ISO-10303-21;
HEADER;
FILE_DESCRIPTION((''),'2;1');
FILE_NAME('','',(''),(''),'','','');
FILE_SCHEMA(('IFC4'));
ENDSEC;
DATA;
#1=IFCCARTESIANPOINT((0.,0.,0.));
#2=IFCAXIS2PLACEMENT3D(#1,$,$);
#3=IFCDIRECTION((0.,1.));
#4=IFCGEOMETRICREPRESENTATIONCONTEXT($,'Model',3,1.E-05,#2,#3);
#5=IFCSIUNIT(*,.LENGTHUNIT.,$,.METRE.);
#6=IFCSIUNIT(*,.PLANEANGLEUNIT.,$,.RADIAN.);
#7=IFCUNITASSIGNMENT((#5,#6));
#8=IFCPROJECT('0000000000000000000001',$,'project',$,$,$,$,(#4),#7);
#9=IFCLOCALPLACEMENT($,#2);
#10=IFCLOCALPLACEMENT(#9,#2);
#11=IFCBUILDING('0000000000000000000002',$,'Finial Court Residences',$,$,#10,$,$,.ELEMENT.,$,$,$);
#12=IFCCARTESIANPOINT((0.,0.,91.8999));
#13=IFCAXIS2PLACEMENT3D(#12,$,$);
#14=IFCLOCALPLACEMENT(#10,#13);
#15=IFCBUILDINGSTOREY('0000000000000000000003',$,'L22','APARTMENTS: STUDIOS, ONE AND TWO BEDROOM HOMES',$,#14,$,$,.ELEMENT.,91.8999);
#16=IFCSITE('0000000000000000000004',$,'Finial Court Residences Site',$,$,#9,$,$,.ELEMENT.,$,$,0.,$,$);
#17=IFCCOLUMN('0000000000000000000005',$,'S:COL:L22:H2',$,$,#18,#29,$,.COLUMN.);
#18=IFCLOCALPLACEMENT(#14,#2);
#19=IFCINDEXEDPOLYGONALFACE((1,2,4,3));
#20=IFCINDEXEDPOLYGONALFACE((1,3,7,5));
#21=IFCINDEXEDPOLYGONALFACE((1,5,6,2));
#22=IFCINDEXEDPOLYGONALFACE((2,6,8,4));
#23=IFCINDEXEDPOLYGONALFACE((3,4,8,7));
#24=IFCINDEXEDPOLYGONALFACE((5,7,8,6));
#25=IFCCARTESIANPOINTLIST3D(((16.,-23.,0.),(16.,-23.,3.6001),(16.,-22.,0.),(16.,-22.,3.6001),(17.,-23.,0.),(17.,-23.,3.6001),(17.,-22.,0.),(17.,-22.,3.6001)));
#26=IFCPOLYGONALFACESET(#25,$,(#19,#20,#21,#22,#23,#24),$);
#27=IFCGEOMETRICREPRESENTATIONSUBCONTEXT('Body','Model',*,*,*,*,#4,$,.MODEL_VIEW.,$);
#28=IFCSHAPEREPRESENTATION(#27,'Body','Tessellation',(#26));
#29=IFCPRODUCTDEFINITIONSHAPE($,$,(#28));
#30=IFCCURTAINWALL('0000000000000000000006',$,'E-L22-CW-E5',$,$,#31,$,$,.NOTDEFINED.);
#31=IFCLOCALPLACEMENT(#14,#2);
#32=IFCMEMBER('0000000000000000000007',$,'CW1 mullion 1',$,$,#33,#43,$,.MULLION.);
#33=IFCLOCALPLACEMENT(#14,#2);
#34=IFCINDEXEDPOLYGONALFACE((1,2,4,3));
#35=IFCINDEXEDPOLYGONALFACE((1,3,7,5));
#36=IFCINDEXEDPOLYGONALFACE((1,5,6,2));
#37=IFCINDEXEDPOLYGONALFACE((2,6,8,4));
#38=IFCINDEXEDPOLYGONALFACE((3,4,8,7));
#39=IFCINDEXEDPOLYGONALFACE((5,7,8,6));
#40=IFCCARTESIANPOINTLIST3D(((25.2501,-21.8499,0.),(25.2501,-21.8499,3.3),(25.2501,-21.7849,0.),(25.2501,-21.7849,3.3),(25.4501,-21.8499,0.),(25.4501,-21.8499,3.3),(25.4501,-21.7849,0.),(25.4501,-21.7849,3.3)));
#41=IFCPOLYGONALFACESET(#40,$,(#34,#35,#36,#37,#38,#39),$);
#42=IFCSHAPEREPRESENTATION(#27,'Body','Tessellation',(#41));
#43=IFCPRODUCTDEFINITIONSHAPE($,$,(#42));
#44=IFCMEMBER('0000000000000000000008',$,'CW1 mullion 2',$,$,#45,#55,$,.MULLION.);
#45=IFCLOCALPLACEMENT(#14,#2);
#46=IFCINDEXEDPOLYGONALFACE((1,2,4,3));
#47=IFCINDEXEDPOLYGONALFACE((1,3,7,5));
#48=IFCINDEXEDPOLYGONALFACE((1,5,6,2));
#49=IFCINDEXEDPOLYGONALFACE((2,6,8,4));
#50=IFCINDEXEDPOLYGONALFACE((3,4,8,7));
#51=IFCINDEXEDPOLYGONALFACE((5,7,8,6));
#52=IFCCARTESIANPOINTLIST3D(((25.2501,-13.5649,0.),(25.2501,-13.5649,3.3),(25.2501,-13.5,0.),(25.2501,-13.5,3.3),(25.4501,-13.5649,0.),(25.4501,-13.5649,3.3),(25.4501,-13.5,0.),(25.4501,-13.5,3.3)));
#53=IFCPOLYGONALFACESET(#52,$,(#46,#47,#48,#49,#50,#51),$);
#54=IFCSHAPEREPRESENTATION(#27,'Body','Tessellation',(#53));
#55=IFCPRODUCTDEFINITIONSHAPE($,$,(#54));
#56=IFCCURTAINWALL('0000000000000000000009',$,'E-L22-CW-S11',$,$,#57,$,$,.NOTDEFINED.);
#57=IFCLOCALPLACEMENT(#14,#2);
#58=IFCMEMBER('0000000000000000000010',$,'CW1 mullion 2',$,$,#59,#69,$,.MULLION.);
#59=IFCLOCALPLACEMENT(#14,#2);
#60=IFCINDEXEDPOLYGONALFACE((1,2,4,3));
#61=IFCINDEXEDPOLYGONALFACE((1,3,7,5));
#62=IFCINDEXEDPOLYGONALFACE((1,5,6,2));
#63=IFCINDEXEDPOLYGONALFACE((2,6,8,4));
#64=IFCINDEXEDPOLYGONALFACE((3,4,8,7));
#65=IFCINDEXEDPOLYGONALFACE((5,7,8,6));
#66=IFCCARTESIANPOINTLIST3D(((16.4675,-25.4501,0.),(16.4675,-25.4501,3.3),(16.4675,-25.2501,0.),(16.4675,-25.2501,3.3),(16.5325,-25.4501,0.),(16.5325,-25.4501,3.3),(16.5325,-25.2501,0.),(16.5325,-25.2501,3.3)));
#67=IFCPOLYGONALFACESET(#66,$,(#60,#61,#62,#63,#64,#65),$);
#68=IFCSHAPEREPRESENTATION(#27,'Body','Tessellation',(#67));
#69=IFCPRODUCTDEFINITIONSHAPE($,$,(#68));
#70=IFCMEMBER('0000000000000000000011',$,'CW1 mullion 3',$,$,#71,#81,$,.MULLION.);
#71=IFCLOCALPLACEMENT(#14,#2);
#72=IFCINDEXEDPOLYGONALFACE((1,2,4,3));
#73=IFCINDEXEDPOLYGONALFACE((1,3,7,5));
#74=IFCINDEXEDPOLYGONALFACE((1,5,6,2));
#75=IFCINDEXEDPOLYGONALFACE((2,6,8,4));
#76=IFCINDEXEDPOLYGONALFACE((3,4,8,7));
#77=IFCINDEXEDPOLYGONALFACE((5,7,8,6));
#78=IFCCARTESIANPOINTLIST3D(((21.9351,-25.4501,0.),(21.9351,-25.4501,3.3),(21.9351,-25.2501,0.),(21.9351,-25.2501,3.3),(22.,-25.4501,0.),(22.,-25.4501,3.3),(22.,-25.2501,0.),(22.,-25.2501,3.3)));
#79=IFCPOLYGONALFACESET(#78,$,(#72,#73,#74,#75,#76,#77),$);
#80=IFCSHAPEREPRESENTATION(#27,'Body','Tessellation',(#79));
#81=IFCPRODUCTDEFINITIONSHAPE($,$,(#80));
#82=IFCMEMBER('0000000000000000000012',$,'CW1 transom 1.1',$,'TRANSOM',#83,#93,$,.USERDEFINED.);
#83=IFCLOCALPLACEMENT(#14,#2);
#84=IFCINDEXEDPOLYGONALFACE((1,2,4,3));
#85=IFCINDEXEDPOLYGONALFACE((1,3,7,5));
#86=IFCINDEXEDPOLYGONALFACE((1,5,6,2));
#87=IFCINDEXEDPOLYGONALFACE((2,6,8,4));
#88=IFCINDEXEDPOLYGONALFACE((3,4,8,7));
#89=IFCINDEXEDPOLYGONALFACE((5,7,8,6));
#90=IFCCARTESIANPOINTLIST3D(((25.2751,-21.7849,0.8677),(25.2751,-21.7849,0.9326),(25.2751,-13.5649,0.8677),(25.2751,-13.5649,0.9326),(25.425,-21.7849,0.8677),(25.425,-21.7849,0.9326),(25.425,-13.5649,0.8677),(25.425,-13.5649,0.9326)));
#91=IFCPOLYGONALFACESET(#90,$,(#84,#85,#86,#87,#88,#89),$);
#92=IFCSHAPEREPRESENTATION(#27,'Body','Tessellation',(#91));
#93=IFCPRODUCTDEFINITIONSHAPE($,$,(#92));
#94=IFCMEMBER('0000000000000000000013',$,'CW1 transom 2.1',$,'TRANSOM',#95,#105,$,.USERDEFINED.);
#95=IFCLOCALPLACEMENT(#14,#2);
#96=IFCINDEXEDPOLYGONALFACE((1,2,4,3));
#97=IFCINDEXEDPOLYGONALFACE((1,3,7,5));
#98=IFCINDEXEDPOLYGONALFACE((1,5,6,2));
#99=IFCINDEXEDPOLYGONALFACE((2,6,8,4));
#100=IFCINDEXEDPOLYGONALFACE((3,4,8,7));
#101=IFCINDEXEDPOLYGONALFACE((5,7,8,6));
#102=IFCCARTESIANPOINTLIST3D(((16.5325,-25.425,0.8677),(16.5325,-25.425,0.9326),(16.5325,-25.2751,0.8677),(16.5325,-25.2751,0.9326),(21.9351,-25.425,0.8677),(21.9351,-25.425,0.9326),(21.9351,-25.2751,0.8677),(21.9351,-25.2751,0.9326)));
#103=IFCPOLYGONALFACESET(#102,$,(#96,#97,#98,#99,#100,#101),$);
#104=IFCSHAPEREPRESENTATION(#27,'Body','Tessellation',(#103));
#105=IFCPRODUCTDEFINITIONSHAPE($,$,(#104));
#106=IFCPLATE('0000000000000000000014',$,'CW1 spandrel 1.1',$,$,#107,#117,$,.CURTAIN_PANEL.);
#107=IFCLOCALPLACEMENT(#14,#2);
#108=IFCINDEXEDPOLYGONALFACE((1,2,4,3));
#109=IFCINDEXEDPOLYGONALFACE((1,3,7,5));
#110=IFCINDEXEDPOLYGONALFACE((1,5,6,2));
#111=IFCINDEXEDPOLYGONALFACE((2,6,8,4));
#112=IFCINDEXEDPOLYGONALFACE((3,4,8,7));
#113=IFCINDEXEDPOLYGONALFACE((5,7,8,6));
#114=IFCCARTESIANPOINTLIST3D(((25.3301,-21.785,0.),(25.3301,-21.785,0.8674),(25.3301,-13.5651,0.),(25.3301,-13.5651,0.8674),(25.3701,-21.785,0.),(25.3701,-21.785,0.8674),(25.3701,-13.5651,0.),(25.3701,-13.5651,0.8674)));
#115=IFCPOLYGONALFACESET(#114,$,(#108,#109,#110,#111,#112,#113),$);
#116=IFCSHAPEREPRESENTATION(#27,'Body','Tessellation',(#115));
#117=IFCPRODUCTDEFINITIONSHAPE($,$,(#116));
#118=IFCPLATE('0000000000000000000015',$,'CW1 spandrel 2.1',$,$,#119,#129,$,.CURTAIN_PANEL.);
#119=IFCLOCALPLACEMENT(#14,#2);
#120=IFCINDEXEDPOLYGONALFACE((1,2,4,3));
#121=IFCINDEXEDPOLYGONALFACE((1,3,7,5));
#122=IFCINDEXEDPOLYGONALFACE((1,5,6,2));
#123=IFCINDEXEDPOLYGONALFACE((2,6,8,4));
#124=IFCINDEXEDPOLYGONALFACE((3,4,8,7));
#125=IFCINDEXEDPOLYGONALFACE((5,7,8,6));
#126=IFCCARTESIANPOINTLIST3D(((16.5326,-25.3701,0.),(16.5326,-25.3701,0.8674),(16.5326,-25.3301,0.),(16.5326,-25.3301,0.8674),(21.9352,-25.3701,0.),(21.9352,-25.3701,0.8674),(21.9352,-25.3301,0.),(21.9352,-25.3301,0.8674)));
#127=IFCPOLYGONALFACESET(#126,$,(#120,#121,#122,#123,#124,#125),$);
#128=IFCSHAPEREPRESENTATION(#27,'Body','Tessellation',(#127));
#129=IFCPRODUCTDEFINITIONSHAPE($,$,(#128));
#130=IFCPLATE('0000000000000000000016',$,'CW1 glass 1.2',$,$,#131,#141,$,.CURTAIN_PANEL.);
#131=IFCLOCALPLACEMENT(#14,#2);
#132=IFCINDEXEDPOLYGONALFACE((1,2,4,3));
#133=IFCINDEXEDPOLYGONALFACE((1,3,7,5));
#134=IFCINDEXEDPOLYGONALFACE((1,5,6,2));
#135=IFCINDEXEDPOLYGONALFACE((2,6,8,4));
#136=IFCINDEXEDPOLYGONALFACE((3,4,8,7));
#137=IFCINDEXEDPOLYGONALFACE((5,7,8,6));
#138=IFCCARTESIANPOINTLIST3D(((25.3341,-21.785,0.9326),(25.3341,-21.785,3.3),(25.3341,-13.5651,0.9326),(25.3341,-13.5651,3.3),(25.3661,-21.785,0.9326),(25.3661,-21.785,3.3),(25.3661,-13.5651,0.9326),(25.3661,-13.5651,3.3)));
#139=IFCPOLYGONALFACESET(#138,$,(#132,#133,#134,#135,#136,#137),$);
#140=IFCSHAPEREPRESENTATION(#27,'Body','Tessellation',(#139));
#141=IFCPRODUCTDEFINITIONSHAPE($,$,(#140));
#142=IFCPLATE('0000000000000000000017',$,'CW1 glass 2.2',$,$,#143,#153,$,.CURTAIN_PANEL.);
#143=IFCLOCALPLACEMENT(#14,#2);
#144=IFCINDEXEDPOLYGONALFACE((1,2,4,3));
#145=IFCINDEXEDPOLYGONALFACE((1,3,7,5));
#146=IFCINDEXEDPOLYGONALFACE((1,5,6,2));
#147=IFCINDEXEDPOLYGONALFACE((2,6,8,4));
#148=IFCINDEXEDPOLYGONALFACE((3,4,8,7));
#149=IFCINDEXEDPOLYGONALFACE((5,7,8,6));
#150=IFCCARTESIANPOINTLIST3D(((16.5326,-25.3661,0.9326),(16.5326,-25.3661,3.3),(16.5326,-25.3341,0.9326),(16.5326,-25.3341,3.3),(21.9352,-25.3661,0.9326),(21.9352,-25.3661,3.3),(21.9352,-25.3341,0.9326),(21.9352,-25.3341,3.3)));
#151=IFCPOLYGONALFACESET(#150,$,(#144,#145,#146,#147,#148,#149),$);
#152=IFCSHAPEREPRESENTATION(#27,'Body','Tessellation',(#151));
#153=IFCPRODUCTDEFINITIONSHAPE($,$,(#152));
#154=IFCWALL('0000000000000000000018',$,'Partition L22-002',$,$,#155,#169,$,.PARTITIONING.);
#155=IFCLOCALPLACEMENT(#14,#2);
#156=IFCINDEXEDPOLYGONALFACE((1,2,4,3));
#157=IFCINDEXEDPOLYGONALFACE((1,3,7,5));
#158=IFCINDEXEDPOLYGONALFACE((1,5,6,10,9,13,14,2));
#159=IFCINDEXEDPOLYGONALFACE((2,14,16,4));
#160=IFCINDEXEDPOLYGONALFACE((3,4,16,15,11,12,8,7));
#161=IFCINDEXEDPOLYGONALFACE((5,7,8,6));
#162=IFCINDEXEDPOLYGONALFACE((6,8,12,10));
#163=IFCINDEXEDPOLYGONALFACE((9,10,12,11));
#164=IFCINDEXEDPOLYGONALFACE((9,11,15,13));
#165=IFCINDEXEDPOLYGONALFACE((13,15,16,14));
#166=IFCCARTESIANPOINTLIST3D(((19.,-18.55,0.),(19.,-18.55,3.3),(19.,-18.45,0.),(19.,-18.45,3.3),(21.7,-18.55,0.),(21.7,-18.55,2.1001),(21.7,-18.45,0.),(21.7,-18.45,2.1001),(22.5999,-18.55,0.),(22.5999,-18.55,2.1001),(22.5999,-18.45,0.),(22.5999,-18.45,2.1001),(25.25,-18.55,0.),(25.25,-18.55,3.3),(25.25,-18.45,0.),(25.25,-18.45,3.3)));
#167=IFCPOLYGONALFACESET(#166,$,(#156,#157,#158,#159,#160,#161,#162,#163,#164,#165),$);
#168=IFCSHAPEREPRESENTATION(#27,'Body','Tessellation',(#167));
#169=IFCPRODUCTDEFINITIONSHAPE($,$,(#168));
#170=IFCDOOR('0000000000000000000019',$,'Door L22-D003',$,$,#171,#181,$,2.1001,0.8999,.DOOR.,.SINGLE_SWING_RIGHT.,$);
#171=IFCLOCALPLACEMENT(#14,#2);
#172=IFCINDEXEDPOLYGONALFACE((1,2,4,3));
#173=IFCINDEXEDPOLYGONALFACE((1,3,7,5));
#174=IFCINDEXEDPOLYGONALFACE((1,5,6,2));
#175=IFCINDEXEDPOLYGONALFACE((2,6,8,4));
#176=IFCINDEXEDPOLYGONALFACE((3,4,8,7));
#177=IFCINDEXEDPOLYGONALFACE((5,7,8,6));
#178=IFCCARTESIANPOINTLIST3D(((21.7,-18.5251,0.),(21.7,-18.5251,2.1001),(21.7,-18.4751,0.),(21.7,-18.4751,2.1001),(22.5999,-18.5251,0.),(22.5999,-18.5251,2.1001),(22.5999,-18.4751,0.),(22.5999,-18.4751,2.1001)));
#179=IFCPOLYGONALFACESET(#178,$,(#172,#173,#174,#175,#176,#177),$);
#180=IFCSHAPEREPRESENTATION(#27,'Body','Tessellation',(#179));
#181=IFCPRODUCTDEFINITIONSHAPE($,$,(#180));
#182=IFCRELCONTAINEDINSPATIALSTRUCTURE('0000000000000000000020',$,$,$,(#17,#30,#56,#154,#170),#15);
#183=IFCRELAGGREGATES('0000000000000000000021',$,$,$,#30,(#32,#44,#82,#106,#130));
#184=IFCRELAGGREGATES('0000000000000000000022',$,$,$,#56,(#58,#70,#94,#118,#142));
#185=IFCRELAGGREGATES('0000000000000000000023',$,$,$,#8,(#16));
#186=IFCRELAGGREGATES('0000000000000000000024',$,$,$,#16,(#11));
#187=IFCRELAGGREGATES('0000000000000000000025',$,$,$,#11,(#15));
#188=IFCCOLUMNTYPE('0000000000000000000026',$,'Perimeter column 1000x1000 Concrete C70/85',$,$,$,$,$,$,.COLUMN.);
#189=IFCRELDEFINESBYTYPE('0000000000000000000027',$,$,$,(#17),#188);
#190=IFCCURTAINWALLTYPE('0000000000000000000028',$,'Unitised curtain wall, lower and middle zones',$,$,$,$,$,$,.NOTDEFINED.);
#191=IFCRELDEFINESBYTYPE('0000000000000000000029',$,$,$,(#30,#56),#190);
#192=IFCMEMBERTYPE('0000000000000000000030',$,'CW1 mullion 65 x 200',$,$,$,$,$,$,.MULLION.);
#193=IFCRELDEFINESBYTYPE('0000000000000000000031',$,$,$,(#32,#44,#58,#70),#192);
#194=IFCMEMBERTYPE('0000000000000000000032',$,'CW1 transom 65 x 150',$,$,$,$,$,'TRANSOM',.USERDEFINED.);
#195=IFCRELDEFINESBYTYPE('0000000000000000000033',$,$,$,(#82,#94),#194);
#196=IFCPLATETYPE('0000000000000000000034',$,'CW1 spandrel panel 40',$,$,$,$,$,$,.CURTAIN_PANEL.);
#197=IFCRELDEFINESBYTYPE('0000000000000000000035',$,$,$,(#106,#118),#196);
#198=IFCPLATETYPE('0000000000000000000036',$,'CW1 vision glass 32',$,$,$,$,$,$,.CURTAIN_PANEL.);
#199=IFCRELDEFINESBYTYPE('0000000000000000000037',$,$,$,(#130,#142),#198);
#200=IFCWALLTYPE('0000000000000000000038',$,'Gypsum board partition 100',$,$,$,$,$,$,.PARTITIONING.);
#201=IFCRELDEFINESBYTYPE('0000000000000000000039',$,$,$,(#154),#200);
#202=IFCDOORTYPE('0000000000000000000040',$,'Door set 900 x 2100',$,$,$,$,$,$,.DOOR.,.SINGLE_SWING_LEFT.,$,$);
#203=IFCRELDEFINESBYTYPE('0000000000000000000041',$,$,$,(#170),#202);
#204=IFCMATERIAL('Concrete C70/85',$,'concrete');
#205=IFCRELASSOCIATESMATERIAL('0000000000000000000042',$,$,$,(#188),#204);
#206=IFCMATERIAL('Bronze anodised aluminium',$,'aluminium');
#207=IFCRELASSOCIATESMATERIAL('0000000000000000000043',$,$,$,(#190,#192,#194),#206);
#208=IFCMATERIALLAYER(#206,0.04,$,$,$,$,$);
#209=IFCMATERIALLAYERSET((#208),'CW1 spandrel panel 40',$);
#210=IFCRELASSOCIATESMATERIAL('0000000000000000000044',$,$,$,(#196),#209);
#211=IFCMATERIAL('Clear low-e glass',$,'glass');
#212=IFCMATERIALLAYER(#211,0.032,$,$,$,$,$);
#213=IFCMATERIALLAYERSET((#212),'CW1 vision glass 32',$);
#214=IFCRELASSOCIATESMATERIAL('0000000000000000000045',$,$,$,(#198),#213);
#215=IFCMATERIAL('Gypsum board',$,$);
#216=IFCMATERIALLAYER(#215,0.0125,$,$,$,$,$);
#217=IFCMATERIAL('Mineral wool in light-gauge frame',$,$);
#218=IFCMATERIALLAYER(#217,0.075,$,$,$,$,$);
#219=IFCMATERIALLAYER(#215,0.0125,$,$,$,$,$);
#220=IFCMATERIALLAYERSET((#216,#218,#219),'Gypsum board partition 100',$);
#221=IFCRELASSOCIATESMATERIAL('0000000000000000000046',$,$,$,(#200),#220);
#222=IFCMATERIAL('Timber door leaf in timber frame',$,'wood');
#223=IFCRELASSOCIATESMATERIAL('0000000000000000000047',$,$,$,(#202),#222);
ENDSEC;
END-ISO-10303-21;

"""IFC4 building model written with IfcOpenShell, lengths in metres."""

from ifc_helpers import new_model, si_unit, direction, frame, frame_2d, origin, origin_2d, place, context, subcontext, project, spatial, rectangle, extrude, material, layer, layer_set, material_profile, profile_set, type_object, element, fill, aggregate, save


model = new_model("IFC4")

# Units and contexts
model_context = context("Model", 3, precision=1e-05, world=origin(), true_north=direction((0.0, 1.0)))
body_context = subcontext(model_context, "Body", "Model", "MODEL_VIEW")
ifc_project = project(units=[si_unit("LENGTHUNIT", "METRE"), si_unit("PLANEANGLEUNIT", "RADIAN")], contexts=[model_context])

# Site, building, storey
site_placement = place(None, origin())
site = spatial("IfcSite", under=ifc_project, at=site_placement, Name="Finial Court Residences Site", CompositionType="ELEMENT", RefElevation=0.0)
building_placement = place(site_placement, origin())
building = spatial("IfcBuilding", under=site, at=building_placement, Name="Finial Court Residences", CompositionType="ELEMENT")
storey_placement = place(building_placement, frame((0.0, 0.0, 91.8999)))
storey = spatial("IfcBuildingStorey", under=building, at=storey_placement, Name="L22", Description="APARTMENTS: STUDIOS, ONE AND TWO BEDROOM HOMES", CompositionType="ELEMENT", Elevation=91.8999)

# Column
ifc_material_1 = material(Name="Concrete C70/85", Category="concrete")
ifc_material_profile_1 = material_profile(ifc_material_1, rectangle(XDim=1.0, YDim=1.0, at=origin_2d()), Name="1000x1000")
ifc_profile_set_1 = profile_set([ifc_material_profile_1], Name="Concrete C70/85")
column_type = type_object("IfcColumnType", Name="Perimeter column 1000x1000 Concrete C70/85", PredefinedType="COLUMN", material=ifc_profile_set_1)
column_placement = place(storey_placement, frame((16.5, -22.5, 0.0), z_axis=(0.0, 0.0, 1.0), x_axis=(1.0, 0.0, 0.0)))
element("IfcColumn", 1, at=column_placement, inside=storey, type_object=column_type, Name="S:COL:L22:H2", PredefinedType="COLUMN", context=body_context, shape_type="SweptSolid", body=[
    extrude(rectangle(XDim=1.0, YDim=1.0, at=origin_2d()), origin(), (0.0, 0.0, 1.0), 3.6001),
])

# Curtain walls, members
ifc_material_2 = material(Name="Bronze anodised aluminium", Category="aluminium")
curtain_wall_type = type_object("IfcCurtainWallType", Name="Unitised curtain wall, lower and middle zones", PredefinedType="NOTDEFINED", material=ifc_material_2)
curtain_wall_1_placement = place(storey_placement, origin())
curtain_wall_1 = element("IfcCurtainWall", 2, at=curtain_wall_1_placement, inside=storey, type_object=curtain_wall_type, Name="E-L22-CW-E5", PredefinedType="NOTDEFINED")
ifc_material_profile_2 = material_profile(ifc_material_2, rectangle(XDim=0.2, YDim=0.0649, at=origin_2d()), Name="CW1 mullion 65 x 200")
ifc_profile_set_2 = profile_set([ifc_material_profile_2], Name="Bronze anodised aluminium")
member_type_1 = type_object("IfcMemberType", Name="CW1 mullion 65 x 200", PredefinedType="MULLION", material=ifc_profile_set_2)
member_1_placement = place(storey_placement, frame((25.3501, -21.8174, 0.0), z_axis=(0.0, 0.0, 1.0), x_axis=(-1.0, 0.0, 0.0)))
member_1 = element("IfcMember", 3, at=member_1_placement, type_object=member_type_1, Name="CW1 mullion 1", PredefinedType="MULLION", context=body_context, shape_type="SweptSolid", body=[
    extrude(rectangle(XDim=0.2, YDim=0.0649, at=origin_2d()), origin(), (0.0, 0.0, 1.0), 3.3),
])
member_2_placement = place(storey_placement, frame((25.3501, -13.5325, 0.0), z_axis=(0.0, 0.0, 1.0), x_axis=(-1.0, 0.0, 0.0)))
member_2 = element("IfcMember", 4, at=member_2_placement, type_object=member_type_1, Name="CW1 mullion 2", PredefinedType="MULLION", context=body_context, shape_type="SweptSolid", body=[
    extrude(rectangle(XDim=0.2, YDim=0.0649, at=origin_2d()), origin(), (0.0, 0.0, 1.0), 3.3),
])
curtain_wall_2_placement = place(storey_placement, origin())
curtain_wall_2 = element("IfcCurtainWall", 5, at=curtain_wall_2_placement, inside=storey, type_object=curtain_wall_type, Name="E-L22-CW-S11", PredefinedType="NOTDEFINED")
member_3_placement = place(storey_placement, frame((16.5, -25.3501, 0.0), z_axis=(0.0, 0.0, 1.0), x_axis=(0.0, 1.0, 0.0)))
member_3 = element("IfcMember", 6, at=member_3_placement, type_object=member_type_1, Name="CW1 mullion 2", PredefinedType="MULLION", context=body_context, shape_type="SweptSolid", body=[
    extrude(rectangle(XDim=0.2, YDim=0.0649, at=origin_2d()), origin(), (0.0, 0.0, 1.0), 3.3),
])
member_4_placement = place(storey_placement, frame((21.9675, -25.3501, 0.0), z_axis=(0.0, 0.0, 1.0), x_axis=(0.0, 1.0, 0.0)))
member_4 = element("IfcMember", 7, at=member_4_placement, type_object=member_type_1, Name="CW1 mullion 3", PredefinedType="MULLION", context=body_context, shape_type="SweptSolid", body=[
    extrude(rectangle(XDim=0.2, YDim=0.0649, at=origin_2d()), origin(), (0.0, 0.0, 1.0), 3.3),
])

# Members
ifc_material_profile_3 = material_profile(ifc_material_2, rectangle(XDim=0.1499, YDim=0.0649, at=origin_2d()), Name="CW1 transom 65 x 150")
ifc_profile_set_3 = profile_set([ifc_material_profile_3], Name="Bronze anodised aluminium")
member_type_2 = type_object("IfcMemberType", Name="CW1 transom 65 x 150", ElementType="TRANSOM", PredefinedType="USERDEFINED", material=ifc_profile_set_3)
member_5_placement = place(storey_placement, frame((25.3501, -21.7849, 0.9001), z_axis=(0.0, 1.0, 0.0), x_axis=(-1.0, 0.0, 0.0)))
member_5 = element("IfcMember", 8, at=member_5_placement, type_object=member_type_2, Name="CW1 transom 1.1", ObjectType="TRANSOM", PredefinedType="USERDEFINED", context=body_context, shape_type="SweptSolid", body=[
    extrude(rectangle(XDim=0.1499, YDim=0.0649, at=origin_2d()), origin(), (0.0, 0.0, 1.0), 8.22),
])
member_6_placement = place(storey_placement, frame((16.5325, -25.3501, 0.9001), z_axis=(1.0, 0.0, 0.0), x_axis=(0.0, 1.0, 0.0)))
member_6 = element("IfcMember", 9, at=member_6_placement, type_object=member_type_2, Name="CW1 transom 2.1", ObjectType="TRANSOM", PredefinedType="USERDEFINED", context=body_context, shape_type="SweptSolid", body=[
    extrude(rectangle(XDim=0.1499, YDim=0.0649, at=origin_2d()), origin(), (0.0, 0.0, 1.0), 5.4026),
])

# Plates
ifc_layer_1 = layer(ifc_material_2, 0.04)
ifc_layer_set_1 = layer_set([ifc_layer_1], Name="CW1 spandrel panel 40")
plate_type_1 = type_object("IfcPlateType", Name="CW1 spandrel panel 40", PredefinedType="CURTAIN_PANEL", material=ifc_layer_set_1)
plate_1_placement = place(storey_placement, frame((25.3501, -17.675, 0.0), z_axis=(0.0, 0.0, 1.0), x_axis=(0.0, 1.0, 0.0)))
plate_1 = element("IfcPlate", 10, at=plate_1_placement, type_object=plate_type_1, Name="CW1 spandrel 1.1", PredefinedType="CURTAIN_PANEL", context=body_context, shape_type="SweptSolid", body=[
    extrude(rectangle(XDim=8.22, YDim=0.04, at=origin_2d()), origin(), (0.0, 0.0, 1.0), 0.8674),
])
plate_2_placement = place(storey_placement, frame((19.2339, -25.3501, 0.0), z_axis=(0.0, 0.0, 1.0), x_axis=(1.0, 0.0, 0.0)))
plate_2 = element("IfcPlate", 11, at=plate_2_placement, type_object=plate_type_1, Name="CW1 spandrel 2.1", PredefinedType="CURTAIN_PANEL", context=body_context, shape_type="SweptSolid", body=[
    extrude(rectangle(XDim=5.4026, YDim=0.04, at=origin_2d()), origin(), (0.0, 0.0, 1.0), 0.8674),
])
ifc_material_3 = material(Name="Clear low-e glass", Category="glass")
ifc_layer_2 = layer(ifc_material_3, 0.032)
ifc_layer_set_2 = layer_set([ifc_layer_2], Name="CW1 vision glass 32")
plate_type_2 = type_object("IfcPlateType", Name="CW1 vision glass 32", PredefinedType="CURTAIN_PANEL", material=ifc_layer_set_2)
plate_3_placement = place(storey_placement, frame((25.3501, -17.675, 0.9326), z_axis=(0.0, 0.0, 1.0), x_axis=(0.0, 1.0, 0.0)))
plate_3 = element("IfcPlate", 12, at=plate_3_placement, type_object=plate_type_2, Name="CW1 glass 1.2", PredefinedType="CURTAIN_PANEL", context=body_context, shape_type="SweptSolid", body=[
    extrude(rectangle(XDim=8.22, YDim=0.032, at=origin_2d()), origin(), (0.0, 0.0, 1.0), 2.3674),
])
aggregate(curtain_wall_1, [member_1, member_2, member_5, plate_1, plate_3])
plate_4_placement = place(storey_placement, frame((19.2339, -25.3501, 0.9326), z_axis=(0.0, 0.0, 1.0), x_axis=(1.0, 0.0, 0.0)))
plate_4 = element("IfcPlate", 13, at=plate_4_placement, type_object=plate_type_2, Name="CW1 glass 2.2", PredefinedType="CURTAIN_PANEL", context=body_context, shape_type="SweptSolid", body=[
    extrude(rectangle(XDim=5.4026, YDim=0.032, at=origin_2d()), origin(), (0.0, 0.0, 1.0), 2.3674),
])
aggregate(curtain_wall_2, [member_3, member_4, member_6, plate_2, plate_4])

# Wall, opening, door
ifc_material_4 = material(Name="Gypsum board")
ifc_layer_3 = layer(ifc_material_4, 0.0125)
ifc_material_5 = material(Name="Mineral wool in light-gauge frame")
ifc_layer_4 = layer(ifc_material_5, 0.075)
ifc_layer_5 = layer(ifc_material_4, 0.0125)
ifc_layer_set_3 = layer_set([ifc_layer_3, ifc_layer_4, ifc_layer_5], Name="Gypsum board partition 100")
wall_type_1 = type_object("IfcWallType", Name="Gypsum board partition 100", PredefinedType="PARTITIONING", material=ifc_layer_set_3)
wall_1_placement = place(storey_placement, frame((19.0, -18.5, 0.0), z_axis=(0.0, 0.0, 1.0), x_axis=(1.0, 0.0, 0.0)))
wall_1 = element("IfcWall", 14, at=wall_1_placement, inside=storey, type_object=wall_type_1, Name="Partition L22-002", PredefinedType="PARTITIONING", context=body_context, shape_type="SweptSolid", body=[
    extrude(rectangle(XDim=6.25, YDim=0.1001, at=frame_2d((3.125, 0.0))), origin(), (0.0, 0.0, 1.0), 3.3),
])
opening_1_placement = place(wall_1_placement, frame((2.7, 0.0, 0.0)))
opening_1 = element("IfcOpeningElement", 15, at=opening_1_placement, cuts=wall_1, PredefinedType="OPENING", context=body_context, shape_type="SweptSolid", body=[
    extrude(rectangle(XDim=0.8999, YDim=2.1001, at=frame_2d((0.45, 1.05))), frame((0.0, 0.0601, 0.0), z_axis=(0.0, -1.0, 0.0), x_axis=(1.0, 0.0, 0.0)), (0.0, 0.0, 1.0), 0.1201),
])
ifc_material_6 = material(Name="Timber door leaf in timber frame", Category="wood")
door_type = type_object("IfcDoorType", Name="Door set 900 x 2100", OperationType="SINGLE_SWING_LEFT", PredefinedType="DOOR", material=ifc_material_6)
door_placement = place(opening_1_placement, origin())
door = element("IfcDoor", 16, at=door_placement, inside=storey, type_object=door_type, Name="Door L22-D003", OperationType="SINGLE_SWING_RIGHT", OverallHeight=2.1001, OverallWidth=0.8999, PredefinedType="DOOR", context=body_context, shape_type="SweptSolid", body=[
    extrude(rectangle(XDim=0.8999, YDim=2.1001, at=frame_2d((0.45, 1.05))), frame((0.0, 0.0249, 0.0), z_axis=(0.0, -1.0, 0.0), x_axis=(1.0, 0.0, 0.0)), (0.0, 0.0, 1.0), 0.05),
])
fill(opening_1, door)

save(model, "model.ifc")
